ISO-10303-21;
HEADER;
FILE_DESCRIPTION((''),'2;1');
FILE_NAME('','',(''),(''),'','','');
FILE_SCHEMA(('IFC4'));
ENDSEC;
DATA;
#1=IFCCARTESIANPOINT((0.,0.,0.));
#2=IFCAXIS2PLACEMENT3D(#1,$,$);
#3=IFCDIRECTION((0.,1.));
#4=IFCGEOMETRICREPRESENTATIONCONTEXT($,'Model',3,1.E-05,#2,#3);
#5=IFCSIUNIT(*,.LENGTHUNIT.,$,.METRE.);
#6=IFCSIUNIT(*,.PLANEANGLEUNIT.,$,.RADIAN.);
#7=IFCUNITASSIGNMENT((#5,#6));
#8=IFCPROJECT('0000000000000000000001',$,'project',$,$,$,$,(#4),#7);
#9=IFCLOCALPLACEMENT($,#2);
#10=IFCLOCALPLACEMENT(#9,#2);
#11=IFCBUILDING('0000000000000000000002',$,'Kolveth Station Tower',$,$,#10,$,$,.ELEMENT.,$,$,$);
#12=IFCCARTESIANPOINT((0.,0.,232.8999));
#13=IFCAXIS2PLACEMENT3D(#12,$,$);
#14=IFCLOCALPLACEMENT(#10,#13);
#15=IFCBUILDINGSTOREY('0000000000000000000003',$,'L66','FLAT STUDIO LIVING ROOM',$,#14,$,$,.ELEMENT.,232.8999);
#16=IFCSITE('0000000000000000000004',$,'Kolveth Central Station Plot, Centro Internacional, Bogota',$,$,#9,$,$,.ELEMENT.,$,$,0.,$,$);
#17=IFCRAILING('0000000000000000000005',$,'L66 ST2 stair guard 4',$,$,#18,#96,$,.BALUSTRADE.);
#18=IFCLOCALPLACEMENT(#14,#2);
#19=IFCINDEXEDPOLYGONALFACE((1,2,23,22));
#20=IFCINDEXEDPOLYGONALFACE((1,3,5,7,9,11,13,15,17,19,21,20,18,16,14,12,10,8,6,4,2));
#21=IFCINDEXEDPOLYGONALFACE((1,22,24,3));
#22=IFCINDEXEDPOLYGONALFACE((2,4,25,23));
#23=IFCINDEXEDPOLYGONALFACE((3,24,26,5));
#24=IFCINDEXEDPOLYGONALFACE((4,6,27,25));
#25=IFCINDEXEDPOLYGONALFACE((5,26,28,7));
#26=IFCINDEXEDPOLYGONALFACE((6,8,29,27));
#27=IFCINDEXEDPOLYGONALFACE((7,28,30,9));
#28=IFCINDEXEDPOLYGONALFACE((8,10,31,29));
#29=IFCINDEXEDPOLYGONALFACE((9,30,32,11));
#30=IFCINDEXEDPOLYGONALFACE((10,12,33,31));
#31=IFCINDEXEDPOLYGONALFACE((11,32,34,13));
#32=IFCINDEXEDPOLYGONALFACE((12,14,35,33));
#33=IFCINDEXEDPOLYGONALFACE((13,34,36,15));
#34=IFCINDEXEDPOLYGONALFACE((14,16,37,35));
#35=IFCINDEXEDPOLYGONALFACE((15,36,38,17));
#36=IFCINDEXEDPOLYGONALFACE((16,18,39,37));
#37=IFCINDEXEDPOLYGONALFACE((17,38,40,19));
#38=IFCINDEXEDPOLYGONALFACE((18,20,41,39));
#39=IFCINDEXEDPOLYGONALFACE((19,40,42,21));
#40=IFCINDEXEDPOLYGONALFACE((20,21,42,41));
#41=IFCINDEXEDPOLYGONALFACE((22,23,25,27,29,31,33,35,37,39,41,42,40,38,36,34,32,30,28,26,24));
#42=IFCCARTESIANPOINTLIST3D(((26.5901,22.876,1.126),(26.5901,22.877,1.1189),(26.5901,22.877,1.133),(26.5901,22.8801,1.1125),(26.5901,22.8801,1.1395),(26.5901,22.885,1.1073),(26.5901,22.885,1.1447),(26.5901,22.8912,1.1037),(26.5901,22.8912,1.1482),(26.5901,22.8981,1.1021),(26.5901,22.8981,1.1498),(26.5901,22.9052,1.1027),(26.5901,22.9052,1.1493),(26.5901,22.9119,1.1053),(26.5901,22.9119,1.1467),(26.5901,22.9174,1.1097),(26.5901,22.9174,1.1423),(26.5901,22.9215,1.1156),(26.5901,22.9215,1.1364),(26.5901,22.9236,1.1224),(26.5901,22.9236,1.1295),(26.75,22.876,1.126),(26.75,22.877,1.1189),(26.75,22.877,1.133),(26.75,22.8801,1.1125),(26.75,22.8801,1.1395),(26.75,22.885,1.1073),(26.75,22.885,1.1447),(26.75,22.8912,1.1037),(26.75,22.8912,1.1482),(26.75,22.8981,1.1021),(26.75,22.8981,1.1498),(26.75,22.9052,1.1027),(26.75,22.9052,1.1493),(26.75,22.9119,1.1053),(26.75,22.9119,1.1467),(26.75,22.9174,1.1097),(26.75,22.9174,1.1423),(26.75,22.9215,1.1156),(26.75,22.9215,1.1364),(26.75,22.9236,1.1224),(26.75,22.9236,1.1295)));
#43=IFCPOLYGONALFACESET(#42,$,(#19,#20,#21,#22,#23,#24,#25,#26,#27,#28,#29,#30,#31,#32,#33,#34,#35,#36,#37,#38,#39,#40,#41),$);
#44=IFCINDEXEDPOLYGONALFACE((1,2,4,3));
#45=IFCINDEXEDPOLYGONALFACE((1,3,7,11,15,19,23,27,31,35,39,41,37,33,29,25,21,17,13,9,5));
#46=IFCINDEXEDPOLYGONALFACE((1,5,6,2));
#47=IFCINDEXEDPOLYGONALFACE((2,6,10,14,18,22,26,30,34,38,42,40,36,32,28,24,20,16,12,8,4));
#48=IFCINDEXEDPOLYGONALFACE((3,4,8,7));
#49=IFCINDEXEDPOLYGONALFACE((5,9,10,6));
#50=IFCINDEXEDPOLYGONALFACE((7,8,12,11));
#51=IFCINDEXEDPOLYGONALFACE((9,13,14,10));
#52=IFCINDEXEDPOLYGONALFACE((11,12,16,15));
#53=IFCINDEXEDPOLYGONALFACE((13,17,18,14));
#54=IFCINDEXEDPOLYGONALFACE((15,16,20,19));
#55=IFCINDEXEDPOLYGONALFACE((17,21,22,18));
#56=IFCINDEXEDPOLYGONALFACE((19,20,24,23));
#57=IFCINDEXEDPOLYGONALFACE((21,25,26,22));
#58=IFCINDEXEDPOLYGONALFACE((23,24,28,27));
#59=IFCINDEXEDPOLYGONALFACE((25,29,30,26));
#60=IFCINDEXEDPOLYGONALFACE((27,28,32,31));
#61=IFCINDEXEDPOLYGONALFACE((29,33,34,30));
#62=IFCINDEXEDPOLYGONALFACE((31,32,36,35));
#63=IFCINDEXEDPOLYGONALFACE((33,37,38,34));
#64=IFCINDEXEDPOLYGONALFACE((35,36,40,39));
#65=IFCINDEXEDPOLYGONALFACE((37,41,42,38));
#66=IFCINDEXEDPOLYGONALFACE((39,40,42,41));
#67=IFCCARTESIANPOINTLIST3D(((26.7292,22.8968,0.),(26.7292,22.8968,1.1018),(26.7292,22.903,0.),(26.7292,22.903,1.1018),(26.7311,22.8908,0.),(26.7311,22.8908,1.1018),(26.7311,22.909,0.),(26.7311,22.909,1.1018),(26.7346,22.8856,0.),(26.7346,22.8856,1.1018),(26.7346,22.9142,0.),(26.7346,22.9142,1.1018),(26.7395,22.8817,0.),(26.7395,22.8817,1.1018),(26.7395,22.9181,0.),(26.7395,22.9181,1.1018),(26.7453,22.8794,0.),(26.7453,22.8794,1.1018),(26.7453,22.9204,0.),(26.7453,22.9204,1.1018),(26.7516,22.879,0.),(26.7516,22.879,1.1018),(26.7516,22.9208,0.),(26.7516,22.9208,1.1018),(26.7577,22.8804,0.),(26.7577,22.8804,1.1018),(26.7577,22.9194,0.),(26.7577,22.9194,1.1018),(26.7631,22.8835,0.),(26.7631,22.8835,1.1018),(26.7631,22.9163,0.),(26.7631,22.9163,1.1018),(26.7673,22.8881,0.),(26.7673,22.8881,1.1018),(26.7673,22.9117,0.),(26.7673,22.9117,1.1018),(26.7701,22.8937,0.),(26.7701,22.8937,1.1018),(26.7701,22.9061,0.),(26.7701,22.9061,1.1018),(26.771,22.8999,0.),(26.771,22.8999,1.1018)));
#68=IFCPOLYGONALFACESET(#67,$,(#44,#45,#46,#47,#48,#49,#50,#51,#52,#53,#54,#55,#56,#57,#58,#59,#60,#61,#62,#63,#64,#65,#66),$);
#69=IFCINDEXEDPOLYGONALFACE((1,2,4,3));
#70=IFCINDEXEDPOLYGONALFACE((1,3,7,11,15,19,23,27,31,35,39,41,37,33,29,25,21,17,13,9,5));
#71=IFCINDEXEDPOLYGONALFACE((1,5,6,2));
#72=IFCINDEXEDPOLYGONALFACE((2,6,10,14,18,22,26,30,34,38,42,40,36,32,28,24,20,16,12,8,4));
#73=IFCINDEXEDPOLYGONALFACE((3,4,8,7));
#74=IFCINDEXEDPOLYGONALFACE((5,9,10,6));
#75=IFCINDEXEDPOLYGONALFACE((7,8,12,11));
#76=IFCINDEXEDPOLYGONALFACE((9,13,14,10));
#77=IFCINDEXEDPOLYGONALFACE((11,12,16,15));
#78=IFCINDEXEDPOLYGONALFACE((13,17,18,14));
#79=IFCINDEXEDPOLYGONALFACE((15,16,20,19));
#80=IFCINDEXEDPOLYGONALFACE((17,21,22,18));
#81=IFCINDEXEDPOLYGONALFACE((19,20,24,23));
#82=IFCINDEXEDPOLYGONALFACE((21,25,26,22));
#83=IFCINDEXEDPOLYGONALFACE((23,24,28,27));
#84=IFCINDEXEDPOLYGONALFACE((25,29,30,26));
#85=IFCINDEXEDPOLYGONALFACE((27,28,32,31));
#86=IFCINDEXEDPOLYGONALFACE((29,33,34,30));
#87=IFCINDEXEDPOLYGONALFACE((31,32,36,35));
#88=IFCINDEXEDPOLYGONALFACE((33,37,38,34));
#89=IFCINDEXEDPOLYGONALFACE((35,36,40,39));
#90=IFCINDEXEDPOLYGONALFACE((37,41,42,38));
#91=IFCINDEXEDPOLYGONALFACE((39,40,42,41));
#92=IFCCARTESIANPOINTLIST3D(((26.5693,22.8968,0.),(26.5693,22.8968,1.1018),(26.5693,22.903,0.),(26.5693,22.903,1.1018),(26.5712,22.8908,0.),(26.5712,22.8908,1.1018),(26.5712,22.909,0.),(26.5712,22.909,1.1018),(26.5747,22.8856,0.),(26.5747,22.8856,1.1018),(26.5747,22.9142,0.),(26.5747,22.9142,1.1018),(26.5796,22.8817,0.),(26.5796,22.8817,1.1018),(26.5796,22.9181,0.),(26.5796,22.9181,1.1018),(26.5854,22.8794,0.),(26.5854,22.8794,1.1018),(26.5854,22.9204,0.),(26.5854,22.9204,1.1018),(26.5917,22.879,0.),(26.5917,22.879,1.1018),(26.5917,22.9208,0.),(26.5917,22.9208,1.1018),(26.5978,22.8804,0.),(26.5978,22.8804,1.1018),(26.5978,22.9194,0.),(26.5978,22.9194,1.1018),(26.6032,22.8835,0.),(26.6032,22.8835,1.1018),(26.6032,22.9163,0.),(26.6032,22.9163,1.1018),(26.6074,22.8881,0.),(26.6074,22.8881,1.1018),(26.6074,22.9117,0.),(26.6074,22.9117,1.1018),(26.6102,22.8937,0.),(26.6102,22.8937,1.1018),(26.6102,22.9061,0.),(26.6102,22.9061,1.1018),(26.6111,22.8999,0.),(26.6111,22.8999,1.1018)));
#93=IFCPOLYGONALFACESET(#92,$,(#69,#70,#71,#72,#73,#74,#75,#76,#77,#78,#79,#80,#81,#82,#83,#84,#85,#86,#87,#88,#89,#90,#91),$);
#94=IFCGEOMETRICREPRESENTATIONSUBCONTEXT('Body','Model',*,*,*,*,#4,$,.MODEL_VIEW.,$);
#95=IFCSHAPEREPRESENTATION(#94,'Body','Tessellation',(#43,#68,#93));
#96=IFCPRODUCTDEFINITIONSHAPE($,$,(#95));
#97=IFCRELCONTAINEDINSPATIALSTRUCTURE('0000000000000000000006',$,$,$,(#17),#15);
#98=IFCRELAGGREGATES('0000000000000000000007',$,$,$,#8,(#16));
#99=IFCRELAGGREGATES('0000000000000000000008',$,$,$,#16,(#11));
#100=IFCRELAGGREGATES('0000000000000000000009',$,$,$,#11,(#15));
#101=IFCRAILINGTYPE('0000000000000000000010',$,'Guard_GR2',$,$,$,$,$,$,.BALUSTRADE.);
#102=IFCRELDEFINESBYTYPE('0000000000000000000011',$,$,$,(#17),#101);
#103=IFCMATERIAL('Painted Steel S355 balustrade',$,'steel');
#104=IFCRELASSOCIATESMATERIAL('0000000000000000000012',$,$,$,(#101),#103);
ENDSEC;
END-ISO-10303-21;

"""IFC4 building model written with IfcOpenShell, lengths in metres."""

from ifc_helpers import new_model, si_unit, direction, frame, origin, origin_2d, place, context, subcontext, project, spatial, circle, extrude, material, type_object, element, save


model = new_model("IFC4")

# Units and contexts
model_context = context("Model", 3, precision=1e-05, world=origin(), true_north=direction((0.0, 1.0)))
body_context = subcontext(model_context, "Body", "Model", "MODEL_VIEW")
ifc_project = project(units=[si_unit("LENGTHUNIT", "METRE"), si_unit("PLANEANGLEUNIT", "RADIAN")], contexts=[model_context])

# Site, building, storey
site_placement = place(None, origin())
site = spatial("IfcSite", under=ifc_project, at=site_placement, Name="Kolveth Central Station Plot, Centro Internacional, Bogota", CompositionType="ELEMENT", RefElevation=0.0)
building_placement = place(site_placement, origin())
building = spatial("IfcBuilding", under=site, at=building_placement, Name="Kolveth Station Tower", CompositionType="ELEMENT")
storey_placement = place(building_placement, frame((0.0, 0.0, 232.8999)))
storey = spatial("IfcBuildingStorey", under=building, at=storey_placement, Name="L66", Description="FLAT STUDIO LIVING ROOM", CompositionType="ELEMENT", Elevation=232.8999)

# Railing
ifc_material_1 = material(Name="Painted Steel S355 balustrade", Category="steel")
railing_type_1 = type_object("IfcRailingType", Name="Guard_GR2", PredefinedType="BALUSTRADE", material=ifc_material_1)
railing_1_placement = place(storey_placement, frame((26.75, 22.8999, 0.0)))
element("IfcRailing", 1, at=railing_1_placement, inside=storey, type_object=railing_type_1, Name="L66 ST2 stair guard 4", PredefinedType="BALUSTRADE", context=body_context, shape_type="SweptSolid", body=[
    extrude(circle(Radius=0.0239, at=origin_2d()), frame((0.0, 0.0, 1.126), z_axis=(-1.0, 0.0, 0.0), x_axis=(0.0, -1.0, 0.0)), (0.0, 0.0, 1.0), 0.1599),
    extrude(circle(Radius=0.021, at=origin_2d()), origin(), (0.0, 0.0, 1.0), 1.1018),
    extrude(circle(Radius=0.021, at=origin_2d()), frame((-0.1599, 0.0, 0.0)), (0.0, 0.0, 1.0), 1.1018),
])

save(model, "model.ifc")
